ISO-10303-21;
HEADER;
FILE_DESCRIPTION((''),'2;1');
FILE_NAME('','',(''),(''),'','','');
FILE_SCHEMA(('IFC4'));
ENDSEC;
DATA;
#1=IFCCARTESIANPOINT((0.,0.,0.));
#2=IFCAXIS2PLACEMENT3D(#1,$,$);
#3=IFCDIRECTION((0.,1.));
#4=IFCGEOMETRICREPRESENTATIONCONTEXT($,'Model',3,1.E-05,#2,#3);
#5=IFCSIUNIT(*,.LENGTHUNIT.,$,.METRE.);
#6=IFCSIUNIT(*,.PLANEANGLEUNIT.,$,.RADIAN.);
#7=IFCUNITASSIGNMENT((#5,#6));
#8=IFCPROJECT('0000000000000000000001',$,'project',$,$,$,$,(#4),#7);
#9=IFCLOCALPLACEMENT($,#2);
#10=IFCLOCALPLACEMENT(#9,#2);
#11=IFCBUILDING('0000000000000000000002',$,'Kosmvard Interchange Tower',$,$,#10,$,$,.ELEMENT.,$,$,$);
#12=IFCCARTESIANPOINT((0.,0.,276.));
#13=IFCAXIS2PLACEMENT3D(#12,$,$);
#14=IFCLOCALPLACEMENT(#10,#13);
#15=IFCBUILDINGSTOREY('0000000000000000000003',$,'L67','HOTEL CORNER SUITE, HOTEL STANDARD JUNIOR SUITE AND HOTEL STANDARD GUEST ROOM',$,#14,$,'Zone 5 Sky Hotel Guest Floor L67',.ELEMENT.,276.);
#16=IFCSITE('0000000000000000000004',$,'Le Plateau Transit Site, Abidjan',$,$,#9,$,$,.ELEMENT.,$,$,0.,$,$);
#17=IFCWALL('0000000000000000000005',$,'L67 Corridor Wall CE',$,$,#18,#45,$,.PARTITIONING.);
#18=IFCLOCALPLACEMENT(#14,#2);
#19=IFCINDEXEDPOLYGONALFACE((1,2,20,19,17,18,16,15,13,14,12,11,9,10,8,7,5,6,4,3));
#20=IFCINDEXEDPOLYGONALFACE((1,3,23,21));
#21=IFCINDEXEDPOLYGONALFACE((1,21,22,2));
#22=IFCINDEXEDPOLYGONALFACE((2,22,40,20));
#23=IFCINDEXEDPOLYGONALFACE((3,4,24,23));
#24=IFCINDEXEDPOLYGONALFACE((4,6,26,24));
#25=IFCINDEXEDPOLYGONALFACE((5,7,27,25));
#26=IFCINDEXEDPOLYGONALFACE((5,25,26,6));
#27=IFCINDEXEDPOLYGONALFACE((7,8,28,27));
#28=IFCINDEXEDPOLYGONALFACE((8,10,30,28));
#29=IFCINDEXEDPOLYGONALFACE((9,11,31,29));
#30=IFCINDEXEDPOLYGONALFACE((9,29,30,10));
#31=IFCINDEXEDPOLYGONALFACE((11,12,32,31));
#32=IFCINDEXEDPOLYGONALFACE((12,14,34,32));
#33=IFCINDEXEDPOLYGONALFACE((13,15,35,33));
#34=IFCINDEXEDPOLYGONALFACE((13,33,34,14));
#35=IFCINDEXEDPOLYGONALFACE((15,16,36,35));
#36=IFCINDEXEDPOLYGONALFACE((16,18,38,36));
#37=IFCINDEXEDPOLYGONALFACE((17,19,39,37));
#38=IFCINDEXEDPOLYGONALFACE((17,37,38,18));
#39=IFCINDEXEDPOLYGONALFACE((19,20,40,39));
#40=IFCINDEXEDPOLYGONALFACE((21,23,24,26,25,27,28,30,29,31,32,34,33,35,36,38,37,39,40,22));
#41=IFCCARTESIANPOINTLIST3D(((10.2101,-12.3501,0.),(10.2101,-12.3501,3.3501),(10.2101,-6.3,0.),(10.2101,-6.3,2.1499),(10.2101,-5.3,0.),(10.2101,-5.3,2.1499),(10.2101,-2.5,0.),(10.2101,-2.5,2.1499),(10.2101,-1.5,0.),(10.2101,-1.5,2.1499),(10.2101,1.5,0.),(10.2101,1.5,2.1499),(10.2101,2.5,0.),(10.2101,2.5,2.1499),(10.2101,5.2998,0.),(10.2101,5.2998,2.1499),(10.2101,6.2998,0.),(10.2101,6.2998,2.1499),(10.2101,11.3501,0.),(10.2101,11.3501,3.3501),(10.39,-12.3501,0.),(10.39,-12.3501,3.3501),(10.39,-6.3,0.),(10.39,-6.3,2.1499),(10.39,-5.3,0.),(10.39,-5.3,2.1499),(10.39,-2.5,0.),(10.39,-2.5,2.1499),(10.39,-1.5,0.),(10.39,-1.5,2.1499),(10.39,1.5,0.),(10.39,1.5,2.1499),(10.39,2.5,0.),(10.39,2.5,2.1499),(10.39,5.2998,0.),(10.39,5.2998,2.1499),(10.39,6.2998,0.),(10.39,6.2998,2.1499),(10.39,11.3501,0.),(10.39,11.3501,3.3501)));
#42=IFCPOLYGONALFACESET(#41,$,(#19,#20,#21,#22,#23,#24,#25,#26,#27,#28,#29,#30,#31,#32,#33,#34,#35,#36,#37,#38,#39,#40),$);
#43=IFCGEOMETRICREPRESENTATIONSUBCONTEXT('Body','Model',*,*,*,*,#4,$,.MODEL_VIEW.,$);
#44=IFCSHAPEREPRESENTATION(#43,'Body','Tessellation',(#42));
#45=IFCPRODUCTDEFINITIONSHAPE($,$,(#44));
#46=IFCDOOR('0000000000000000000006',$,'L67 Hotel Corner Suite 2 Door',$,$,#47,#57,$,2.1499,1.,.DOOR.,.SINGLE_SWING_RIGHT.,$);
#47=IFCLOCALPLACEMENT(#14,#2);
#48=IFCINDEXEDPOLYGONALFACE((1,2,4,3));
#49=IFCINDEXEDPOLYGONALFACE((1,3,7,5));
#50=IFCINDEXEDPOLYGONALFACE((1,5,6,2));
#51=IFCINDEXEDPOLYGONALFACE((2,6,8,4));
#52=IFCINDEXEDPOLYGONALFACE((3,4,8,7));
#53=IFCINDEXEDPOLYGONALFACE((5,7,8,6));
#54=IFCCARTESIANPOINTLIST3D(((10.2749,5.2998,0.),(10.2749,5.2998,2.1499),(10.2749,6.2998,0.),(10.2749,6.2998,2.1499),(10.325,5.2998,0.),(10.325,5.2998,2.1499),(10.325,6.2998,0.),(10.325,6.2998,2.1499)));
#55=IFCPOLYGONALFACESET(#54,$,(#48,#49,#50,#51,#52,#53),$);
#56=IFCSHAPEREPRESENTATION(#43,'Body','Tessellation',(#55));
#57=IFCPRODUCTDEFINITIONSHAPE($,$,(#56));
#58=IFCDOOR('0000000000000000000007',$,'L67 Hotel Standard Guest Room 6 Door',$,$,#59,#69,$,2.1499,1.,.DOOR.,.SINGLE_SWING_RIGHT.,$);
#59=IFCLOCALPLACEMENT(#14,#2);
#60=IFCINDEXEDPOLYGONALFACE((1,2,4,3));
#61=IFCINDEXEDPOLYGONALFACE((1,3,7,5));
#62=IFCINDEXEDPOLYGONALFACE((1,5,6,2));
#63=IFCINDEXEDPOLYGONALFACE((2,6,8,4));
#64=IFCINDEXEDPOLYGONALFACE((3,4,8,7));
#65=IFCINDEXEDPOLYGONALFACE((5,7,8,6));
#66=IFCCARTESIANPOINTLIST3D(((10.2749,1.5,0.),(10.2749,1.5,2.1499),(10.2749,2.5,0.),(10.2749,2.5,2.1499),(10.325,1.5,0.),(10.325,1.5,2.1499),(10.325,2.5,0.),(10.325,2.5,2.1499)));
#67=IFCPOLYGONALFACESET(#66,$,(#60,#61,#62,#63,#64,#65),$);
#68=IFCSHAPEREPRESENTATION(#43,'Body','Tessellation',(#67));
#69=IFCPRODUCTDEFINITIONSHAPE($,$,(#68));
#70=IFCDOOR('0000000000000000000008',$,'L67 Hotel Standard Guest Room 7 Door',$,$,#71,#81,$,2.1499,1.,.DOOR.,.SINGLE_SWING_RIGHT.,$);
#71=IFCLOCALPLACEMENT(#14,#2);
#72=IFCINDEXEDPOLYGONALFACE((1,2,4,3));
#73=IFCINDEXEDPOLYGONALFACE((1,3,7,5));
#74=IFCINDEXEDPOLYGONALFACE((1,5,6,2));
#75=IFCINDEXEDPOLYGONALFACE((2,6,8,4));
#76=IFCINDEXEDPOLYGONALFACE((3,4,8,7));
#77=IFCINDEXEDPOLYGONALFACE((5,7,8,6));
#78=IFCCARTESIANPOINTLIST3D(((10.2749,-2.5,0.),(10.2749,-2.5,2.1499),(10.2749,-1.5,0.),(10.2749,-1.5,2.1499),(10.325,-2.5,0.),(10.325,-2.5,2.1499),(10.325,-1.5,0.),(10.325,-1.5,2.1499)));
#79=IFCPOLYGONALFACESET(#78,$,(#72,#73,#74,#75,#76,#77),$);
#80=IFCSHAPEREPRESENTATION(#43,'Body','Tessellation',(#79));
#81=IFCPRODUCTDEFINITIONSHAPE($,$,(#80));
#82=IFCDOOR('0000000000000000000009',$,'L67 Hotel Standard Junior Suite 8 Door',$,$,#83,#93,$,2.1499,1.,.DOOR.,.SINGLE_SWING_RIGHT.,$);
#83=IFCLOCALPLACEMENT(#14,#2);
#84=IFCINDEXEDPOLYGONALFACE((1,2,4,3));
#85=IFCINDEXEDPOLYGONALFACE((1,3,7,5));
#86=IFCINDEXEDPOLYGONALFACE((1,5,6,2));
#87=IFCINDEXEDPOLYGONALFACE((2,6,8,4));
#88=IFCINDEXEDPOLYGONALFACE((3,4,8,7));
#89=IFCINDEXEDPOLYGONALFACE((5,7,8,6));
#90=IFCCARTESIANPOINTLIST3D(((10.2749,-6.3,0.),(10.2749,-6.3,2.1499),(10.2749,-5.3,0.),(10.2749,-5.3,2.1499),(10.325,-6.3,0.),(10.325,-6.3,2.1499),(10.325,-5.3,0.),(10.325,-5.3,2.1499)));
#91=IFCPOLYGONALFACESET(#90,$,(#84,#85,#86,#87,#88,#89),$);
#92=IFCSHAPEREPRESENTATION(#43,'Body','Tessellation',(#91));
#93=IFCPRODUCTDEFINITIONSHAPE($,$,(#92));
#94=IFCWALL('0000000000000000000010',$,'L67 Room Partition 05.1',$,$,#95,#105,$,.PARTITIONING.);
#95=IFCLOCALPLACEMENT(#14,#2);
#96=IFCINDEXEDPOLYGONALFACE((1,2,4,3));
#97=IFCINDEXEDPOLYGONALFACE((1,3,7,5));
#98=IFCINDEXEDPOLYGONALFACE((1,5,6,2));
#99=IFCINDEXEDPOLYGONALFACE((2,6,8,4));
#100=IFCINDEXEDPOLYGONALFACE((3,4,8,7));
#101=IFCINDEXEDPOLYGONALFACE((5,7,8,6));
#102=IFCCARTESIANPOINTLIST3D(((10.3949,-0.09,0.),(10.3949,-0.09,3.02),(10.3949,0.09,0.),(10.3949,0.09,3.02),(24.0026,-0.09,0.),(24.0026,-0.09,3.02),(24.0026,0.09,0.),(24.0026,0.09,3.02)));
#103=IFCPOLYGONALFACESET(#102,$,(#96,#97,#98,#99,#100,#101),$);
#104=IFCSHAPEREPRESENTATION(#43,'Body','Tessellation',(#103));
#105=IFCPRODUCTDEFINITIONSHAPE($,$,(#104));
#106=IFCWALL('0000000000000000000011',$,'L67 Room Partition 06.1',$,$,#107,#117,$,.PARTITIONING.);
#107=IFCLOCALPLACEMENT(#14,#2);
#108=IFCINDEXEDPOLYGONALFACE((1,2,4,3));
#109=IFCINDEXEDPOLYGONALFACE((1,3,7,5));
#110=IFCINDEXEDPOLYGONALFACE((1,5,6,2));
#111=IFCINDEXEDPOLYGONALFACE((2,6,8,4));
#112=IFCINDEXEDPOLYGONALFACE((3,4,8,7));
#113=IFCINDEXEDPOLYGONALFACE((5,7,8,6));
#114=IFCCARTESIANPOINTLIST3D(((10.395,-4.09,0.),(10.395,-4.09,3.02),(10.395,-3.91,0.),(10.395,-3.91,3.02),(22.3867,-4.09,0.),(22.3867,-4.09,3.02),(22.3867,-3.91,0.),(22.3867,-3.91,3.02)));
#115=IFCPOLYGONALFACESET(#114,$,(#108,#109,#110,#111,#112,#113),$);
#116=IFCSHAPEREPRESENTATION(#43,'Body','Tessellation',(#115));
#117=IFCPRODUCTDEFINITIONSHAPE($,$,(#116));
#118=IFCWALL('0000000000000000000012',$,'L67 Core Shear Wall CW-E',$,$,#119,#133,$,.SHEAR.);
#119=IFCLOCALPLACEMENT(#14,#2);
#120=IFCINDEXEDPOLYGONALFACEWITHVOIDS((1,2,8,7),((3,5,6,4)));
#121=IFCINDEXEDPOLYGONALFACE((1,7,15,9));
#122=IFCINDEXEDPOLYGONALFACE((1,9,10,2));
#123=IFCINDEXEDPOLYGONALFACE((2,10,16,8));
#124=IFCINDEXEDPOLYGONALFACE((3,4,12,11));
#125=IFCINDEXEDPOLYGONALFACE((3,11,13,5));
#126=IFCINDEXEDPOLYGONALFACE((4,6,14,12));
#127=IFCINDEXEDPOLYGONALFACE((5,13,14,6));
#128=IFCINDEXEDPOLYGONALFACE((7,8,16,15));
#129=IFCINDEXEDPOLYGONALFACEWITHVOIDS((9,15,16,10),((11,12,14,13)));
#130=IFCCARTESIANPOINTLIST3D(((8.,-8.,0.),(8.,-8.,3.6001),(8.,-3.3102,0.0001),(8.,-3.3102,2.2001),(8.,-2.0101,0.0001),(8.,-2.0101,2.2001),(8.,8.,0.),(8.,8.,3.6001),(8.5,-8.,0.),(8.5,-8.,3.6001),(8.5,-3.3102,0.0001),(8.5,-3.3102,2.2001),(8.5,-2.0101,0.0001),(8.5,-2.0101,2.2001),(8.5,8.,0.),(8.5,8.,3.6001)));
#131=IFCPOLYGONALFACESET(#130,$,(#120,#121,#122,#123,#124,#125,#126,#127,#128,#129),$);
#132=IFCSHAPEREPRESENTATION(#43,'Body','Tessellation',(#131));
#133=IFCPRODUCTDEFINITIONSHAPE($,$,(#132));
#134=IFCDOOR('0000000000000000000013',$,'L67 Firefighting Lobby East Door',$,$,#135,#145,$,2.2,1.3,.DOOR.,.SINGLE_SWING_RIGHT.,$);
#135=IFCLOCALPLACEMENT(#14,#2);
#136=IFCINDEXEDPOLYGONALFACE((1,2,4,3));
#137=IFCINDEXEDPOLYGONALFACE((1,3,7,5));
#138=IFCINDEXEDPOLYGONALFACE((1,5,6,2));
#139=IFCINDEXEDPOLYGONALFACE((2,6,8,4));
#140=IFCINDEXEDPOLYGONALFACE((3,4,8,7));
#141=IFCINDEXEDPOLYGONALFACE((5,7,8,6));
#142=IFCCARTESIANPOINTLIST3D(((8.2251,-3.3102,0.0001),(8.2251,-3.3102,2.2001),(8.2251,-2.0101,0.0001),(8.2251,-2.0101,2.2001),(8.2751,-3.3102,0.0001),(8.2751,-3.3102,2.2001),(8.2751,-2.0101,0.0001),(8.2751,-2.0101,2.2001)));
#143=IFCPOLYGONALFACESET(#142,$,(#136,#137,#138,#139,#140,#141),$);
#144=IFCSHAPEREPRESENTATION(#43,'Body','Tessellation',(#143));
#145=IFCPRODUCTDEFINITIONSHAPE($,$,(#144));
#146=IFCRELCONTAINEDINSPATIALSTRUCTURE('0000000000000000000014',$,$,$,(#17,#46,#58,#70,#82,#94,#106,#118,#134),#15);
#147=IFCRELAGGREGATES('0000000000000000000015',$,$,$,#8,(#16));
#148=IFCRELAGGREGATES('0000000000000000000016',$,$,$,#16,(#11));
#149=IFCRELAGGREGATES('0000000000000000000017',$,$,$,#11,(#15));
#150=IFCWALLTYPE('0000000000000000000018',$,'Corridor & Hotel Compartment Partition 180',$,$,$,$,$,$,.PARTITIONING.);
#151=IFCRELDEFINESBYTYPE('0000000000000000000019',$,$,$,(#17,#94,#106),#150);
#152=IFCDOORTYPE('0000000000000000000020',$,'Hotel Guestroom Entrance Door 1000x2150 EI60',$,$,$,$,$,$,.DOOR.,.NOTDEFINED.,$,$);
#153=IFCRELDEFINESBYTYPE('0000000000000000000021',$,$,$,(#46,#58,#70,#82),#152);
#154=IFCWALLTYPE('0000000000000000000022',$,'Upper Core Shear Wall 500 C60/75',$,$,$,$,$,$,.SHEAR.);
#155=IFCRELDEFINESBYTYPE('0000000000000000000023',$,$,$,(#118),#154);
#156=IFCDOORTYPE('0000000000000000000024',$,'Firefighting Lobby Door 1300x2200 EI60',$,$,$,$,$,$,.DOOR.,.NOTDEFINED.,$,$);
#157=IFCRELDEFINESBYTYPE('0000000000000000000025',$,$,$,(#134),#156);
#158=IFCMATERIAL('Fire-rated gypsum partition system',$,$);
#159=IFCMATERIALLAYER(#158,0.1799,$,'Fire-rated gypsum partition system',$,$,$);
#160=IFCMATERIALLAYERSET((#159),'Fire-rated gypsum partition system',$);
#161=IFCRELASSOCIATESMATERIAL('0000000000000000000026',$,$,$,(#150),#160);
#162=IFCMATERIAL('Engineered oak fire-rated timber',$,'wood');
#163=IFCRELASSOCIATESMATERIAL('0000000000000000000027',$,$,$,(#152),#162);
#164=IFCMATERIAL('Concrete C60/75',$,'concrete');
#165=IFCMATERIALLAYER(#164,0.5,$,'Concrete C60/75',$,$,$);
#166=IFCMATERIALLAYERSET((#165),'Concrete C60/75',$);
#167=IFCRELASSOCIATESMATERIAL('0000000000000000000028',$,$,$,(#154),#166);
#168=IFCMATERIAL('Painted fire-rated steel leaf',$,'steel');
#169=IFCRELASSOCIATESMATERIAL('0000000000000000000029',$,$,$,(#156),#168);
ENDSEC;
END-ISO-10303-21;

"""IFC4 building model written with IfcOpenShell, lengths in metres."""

from ifc_helpers import new_model, si_unit, direction, frame, frame_2d, origin, place, context, subcontext, project, spatial, rectangle, extrude, source, transform, mapped, material, layer, layer_set, type_object, element, fill, save


model = new_model("IFC4")

# Units and contexts
model_context = context("Model", 3, precision=1e-05, world=origin(), true_north=direction((0.0, 1.0)))
body_context = subcontext(model_context, "Body", "Model", "MODEL_VIEW")
ifc_project = project(units=[si_unit("LENGTHUNIT", "METRE"), si_unit("PLANEANGLEUNIT", "RADIAN")], contexts=[model_context])

# Site, building, storey
site_placement = place(None, origin())
site = spatial("IfcSite", under=ifc_project, at=site_placement, Name="Le Plateau Transit Site, Abidjan", CompositionType="ELEMENT", RefElevation=0.0)
building_placement = place(site_placement, origin())
building = spatial("IfcBuilding", under=site, at=building_placement, Name="Kosmvard Interchange Tower", CompositionType="ELEMENT")
storey_placement = place(building_placement, frame((0.0, 0.0, 276.0)))
storey = spatial("IfcBuildingStorey", under=building, at=storey_placement, Name="L67", Description="HOTEL CORNER SUITE, HOTEL STANDARD JUNIOR SUITE AND HOTEL STANDARD GUEST ROOM", LongName="Zone 5 Sky Hotel Guest Floor L67", CompositionType="ELEMENT", Elevation=276.0)

# Wall, openings, doors
ifc_material_1 = material(Name="Fire-rated gypsum partition system")
ifc_layer_1 = layer(ifc_material_1, 0.1799, Name="Fire-rated gypsum partition system")
ifc_layer_set_1 = layer_set([ifc_layer_1], Name="Fire-rated gypsum partition system")
wall_type_1 = type_object("IfcWallType", Name="Corridor & Hotel Compartment Partition 180", PredefinedType="PARTITIONING", material=ifc_layer_set_1)
wall_1_placement = place(storey_placement, frame((10.3, -12.3501, 0.0), z_axis=(0.0, 0.0, 1.0), x_axis=(0.0, 1.0, 0.0)))
wall_1 = element("IfcWall", 1, at=wall_1_placement, inside=storey, type_object=wall_type_1, Name="L67 Corridor Wall CE", PredefinedType="PARTITIONING", context=body_context, shape_type="SweptSolid", body=[
    extrude(rectangle(XDim=23.7002, YDim=0.1799, at=frame_2d((11.8501, 0.0))), origin(), (0.0, 0.0, 1.0), 3.3501),
])
opening_1_placement = place(wall_1_placement, frame((17.6499, 0.0, 0.0)))
opening_1 = element("IfcOpeningElement", 2, at=opening_1_placement, cuts=wall_1, PredefinedType="OPENING", context=body_context, shape_type="SweptSolid", body=[
    extrude(rectangle(XDim=1.0, YDim=2.1499, at=frame_2d((0.5, 1.075))), frame((0.0, 0.1001, 0.0), z_axis=(0.0, -1.0, 0.0), x_axis=(1.0, 0.0, 0.0)), (0.0, 0.0, 1.0), 0.2),
])
opening_2_placement = place(wall_1_placement, frame((13.8501, 0.0, 0.0)))
opening_2 = element("IfcOpeningElement", 3, at=opening_2_placement, cuts=wall_1, PredefinedType="OPENING", context=body_context, shape_type="SweptSolid", body=[
    extrude(rectangle(XDim=1.0, YDim=2.1499, at=frame_2d((0.5, 1.075))), frame((0.0, 0.1001, 0.0), z_axis=(0.0, -1.0, 0.0), x_axis=(1.0, 0.0, 0.0)), (0.0, 0.0, 1.0), 0.2),
])
opening_3_placement = place(wall_1_placement, frame((9.8501, 0.0, 0.0)))
opening_3 = element("IfcOpeningElement", 4, at=opening_3_placement, cuts=wall_1, PredefinedType="OPENING", context=body_context, shape_type="SweptSolid", body=[
    extrude(rectangle(XDim=1.0, YDim=2.1499, at=frame_2d((0.5, 1.075))), frame((0.0, 0.1001, 0.0), z_axis=(0.0, -1.0, 0.0), x_axis=(1.0, 0.0, 0.0)), (0.0, 0.0, 1.0), 0.2),
])
opening_4_placement = place(wall_1_placement, frame((6.05, 0.0, 0.0)))
opening_4 = element("IfcOpeningElement", 5, at=opening_4_placement, cuts=wall_1, PredefinedType="OPENING", context=body_context, shape_type="SweptSolid", body=[
    extrude(rectangle(XDim=1.0, YDim=2.1499, at=frame_2d((0.5, 1.075))), frame((0.0, 0.1001, 0.0), z_axis=(0.0, -1.0, 0.0), x_axis=(1.0, 0.0, 0.0)), (0.0, 0.0, 1.0), 0.2),
])
ifc_material_2 = material(Name="Engineered oak fire-rated timber", Category="wood")
door_type_1 = type_object("IfcDoorType", Name="Hotel Guestroom Entrance Door 1000x2150 EI60", OperationType="NOTDEFINED", PredefinedType="DOOR", material=ifc_material_2)
shared_shape_1 = source(origin(), body_context, "Body", "SweptSolid", [
    extrude(rectangle(XDim=1.0, YDim=2.1499, at=frame_2d((0.5, 1.075))), frame((0.0, 0.0249, 0.0), z_axis=(0.0, -1.0, 0.0), x_axis=(1.0, 0.0, 0.0)), (0.0, 0.0, 1.0), 0.05),
])
door_1_placement = place(opening_1_placement, frame((1.0, 0.0, 0.0), z_axis=(0.0, 0.0, 1.0), x_axis=(-1.0, 0.0, 0.0)))
door_1 = element("IfcDoor", 6, at=door_1_placement, inside=storey, type_object=door_type_1, Name="L67 Hotel Corner Suite 2 Door", OperationType="SINGLE_SWING_RIGHT", OverallHeight=2.1499, OverallWidth=1.0, PredefinedType="DOOR", context=body_context, shape_type="MappedRepresentation", body=[
    mapped(shared_shape_1, transform((0.0, 0.0, 0.0), scale=1.0)),
])
fill(opening_1, door_1)
door_2_placement = place(opening_2_placement, frame((1.0, 0.0, 0.0), z_axis=(0.0, 0.0, 1.0), x_axis=(-1.0, 0.0, 0.0)))
door_2 = element("IfcDoor", 7, at=door_2_placement, inside=storey, type_object=door_type_1, Name="L67 Hotel Standard Guest Room 6 Door", OperationType="SINGLE_SWING_RIGHT", OverallHeight=2.1499, OverallWidth=1.0, PredefinedType="DOOR", context=body_context, shape_type="MappedRepresentation", body=[
    mapped(shared_shape_1, transform((0.0, 0.0, 0.0), scale=1.0)),
])
fill(opening_2, door_2)
door_3_placement = place(opening_3_placement, frame((1.0, 0.0, 0.0), z_axis=(0.0, 0.0, 1.0), x_axis=(-1.0, 0.0, 0.0)))
door_3 = element("IfcDoor", 8, at=door_3_placement, inside=storey, type_object=door_type_1, Name="L67 Hotel Standard Guest Room 7 Door", OperationType="SINGLE_SWING_RIGHT", OverallHeight=2.1499, OverallWidth=1.0, PredefinedType="DOOR", context=body_context, shape_type="MappedRepresentation", body=[
    mapped(shared_shape_1, transform((0.0, 0.0, 0.0), scale=1.0)),
])
fill(opening_3, door_3)
door_4_placement = place(opening_4_placement, frame((1.0, 0.0, 0.0), z_axis=(0.0, 0.0, 1.0), x_axis=(-1.0, 0.0, 0.0)))
door_4 = element("IfcDoor", 9, at=door_4_placement, inside=storey, type_object=door_type_1, Name="L67 Hotel Standard Junior Suite 8 Door", OperationType="SINGLE_SWING_RIGHT", OverallHeight=2.1499, OverallWidth=1.0, PredefinedType="DOOR", context=body_context, shape_type="MappedRepresentation", body=[
    mapped(shared_shape_1, transform((0.0, 0.0, 0.0), scale=1.0)),
])
fill(opening_4, door_4)

# Walls
wall_2_placement = place(storey_placement, frame((10.395, 0.0, 0.0), z_axis=(0.0, 0.0, 1.0), x_axis=(1.0, 0.0, 0.0)))
element("IfcWall", 10, at=wall_2_placement, inside=storey, type_object=wall_type_1, Name="L67 Room Partition 05.1", PredefinedType="PARTITIONING", context=body_context, shape_type="SweptSolid", body=[
    extrude(rectangle(XDim=13.6077, YDim=0.1799, at=frame_2d((6.8037, 0.0))), origin(), (0.0, 0.0, 1.0), 3.02),
])
wall_3_placement = place(storey_placement, frame((10.395, -4.0, 0.0), z_axis=(0.0, 0.0, 1.0), x_axis=(1.0, 0.0, 0.0)))
element("IfcWall", 11, at=wall_3_placement, inside=storey, type_object=wall_type_1, Name="L67 Room Partition 06.1", PredefinedType="PARTITIONING", context=body_context, shape_type="SweptSolid", body=[
    extrude(rectangle(XDim=11.9917, YDim=0.1799, at=frame_2d((5.9958, 0.0))), origin(), (0.0, 0.0, 1.0), 3.02),
])

# Wall, opening, door
ifc_material_3 = material(Name="Concrete C60/75", Category="concrete")
ifc_layer_2 = layer(ifc_material_3, 0.5, Name="Concrete C60/75")
ifc_layer_set_2 = layer_set([ifc_layer_2], Name="Concrete C60/75")
wall_type_2 = type_object("IfcWallType", Name="Upper Core Shear Wall 500 C60/75", PredefinedType="SHEAR", material=ifc_layer_set_2)
wall_4_placement = place(storey_placement, frame((8.25, -8.0, 0.0), z_axis=(0.0, 0.0, 1.0), x_axis=(0.0, 1.0, 0.0)))
wall_4 = element("IfcWall", 12, at=wall_4_placement, inside=storey, type_object=wall_type_2, Name="L67 Core Shear Wall CW-E", PredefinedType="SHEAR", context=body_context, shape_type="SweptSolid", body=[
    extrude(rectangle(XDim=16.0, YDim=0.5, at=frame_2d((8.0, 0.0))), origin(), (0.0, 0.0, 1.0), 3.6001),
])
opening_5_placement = place(wall_4_placement, frame((4.6899, 0.0, 0.0)))
opening_5 = element("IfcOpeningElement", 13, at=opening_5_placement, cuts=wall_4, PredefinedType="OPENING", context=body_context, shape_type="SweptSolid", body=[
    extrude(rectangle(XDim=1.3, YDim=2.2, at=frame_2d((0.6499, 1.1001))), frame((0.0, 0.26, 0.0), z_axis=(0.0, -1.0, 0.0), x_axis=(1.0, 0.0, 0.0)), (0.0, 0.0, 1.0), 0.52),
])
ifc_material_4 = material(Name="Painted fire-rated steel leaf", Category="steel")
door_type_2 = type_object("IfcDoorType", Name="Firefighting Lobby Door 1300x2200 EI60", OperationType="NOTDEFINED", PredefinedType="DOOR", material=ifc_material_4)
shared_shape_2 = source(origin(), body_context, "Body", "SweptSolid", [
    extrude(rectangle(XDim=1.3, YDim=2.2, at=frame_2d((0.6499, 1.1001))), frame((0.0, 0.0249, 0.0), z_axis=(0.0, -1.0, 0.0), x_axis=(1.0, 0.0, 0.0)), (0.0, 0.0, 1.0), 0.05),
])
door_5_placement = place(opening_5_placement, origin())
door_5 = element("IfcDoor", 14, at=door_5_placement, inside=storey, type_object=door_type_2, Name="L67 Firefighting Lobby East Door", OperationType="SINGLE_SWING_RIGHT", OverallHeight=2.2, OverallWidth=1.3, PredefinedType="DOOR", context=body_context, shape_type="MappedRepresentation", body=[
    mapped(shared_shape_2, transform((0.0, 0.0, 0.0), scale=1.0)),
])
fill(opening_5, door_5)

save(model, "model.ifc")
